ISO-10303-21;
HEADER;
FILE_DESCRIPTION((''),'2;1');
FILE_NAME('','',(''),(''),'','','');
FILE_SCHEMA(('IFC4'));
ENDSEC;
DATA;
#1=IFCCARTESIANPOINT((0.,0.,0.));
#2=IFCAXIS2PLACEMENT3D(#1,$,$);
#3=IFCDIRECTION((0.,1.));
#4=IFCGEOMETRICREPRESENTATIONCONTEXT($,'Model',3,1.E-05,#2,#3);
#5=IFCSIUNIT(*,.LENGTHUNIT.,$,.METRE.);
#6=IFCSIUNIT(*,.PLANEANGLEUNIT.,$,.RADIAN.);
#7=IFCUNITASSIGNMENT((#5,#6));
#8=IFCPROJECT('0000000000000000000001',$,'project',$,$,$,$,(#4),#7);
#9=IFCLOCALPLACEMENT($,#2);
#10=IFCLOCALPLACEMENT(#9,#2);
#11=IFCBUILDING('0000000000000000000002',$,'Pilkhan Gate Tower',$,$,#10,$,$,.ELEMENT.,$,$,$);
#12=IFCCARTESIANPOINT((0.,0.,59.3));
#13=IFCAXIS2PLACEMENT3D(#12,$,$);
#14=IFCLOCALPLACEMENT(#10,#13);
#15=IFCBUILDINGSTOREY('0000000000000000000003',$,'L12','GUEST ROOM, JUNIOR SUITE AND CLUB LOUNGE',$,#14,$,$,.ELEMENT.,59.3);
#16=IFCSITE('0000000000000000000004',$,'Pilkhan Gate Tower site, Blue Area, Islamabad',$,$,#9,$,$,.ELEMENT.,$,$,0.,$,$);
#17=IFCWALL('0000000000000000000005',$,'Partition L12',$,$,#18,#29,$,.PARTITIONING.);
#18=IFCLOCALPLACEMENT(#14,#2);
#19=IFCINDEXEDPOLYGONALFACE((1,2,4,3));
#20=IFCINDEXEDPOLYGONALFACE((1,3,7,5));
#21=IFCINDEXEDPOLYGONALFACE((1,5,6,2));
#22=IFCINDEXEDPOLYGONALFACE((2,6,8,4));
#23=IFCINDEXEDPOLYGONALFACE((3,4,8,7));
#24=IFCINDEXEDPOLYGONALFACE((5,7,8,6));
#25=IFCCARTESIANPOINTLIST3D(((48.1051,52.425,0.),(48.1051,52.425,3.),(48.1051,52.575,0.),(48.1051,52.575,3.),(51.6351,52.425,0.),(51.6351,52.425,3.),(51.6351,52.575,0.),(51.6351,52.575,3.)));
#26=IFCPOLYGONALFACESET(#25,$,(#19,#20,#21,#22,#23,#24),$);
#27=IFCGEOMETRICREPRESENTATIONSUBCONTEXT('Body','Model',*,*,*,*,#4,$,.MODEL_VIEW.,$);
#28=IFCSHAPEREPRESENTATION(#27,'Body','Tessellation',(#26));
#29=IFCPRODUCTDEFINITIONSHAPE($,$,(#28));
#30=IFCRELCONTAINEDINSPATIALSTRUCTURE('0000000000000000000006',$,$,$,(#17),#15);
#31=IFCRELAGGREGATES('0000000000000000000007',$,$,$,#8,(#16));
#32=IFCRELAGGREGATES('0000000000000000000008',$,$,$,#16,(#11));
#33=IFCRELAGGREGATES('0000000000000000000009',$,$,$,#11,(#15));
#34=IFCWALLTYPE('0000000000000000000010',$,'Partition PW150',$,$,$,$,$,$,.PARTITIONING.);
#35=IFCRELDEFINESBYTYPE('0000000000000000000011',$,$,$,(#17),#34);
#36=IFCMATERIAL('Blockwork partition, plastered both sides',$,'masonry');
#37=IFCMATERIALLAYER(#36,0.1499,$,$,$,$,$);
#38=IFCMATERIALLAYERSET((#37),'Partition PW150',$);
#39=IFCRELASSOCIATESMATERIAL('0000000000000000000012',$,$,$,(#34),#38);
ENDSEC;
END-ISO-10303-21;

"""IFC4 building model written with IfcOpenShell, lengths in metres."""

from ifc_helpers import new_model, si_unit, direction, frame, frame_2d, origin, place, context, subcontext, project, spatial, rectangle, extrude, material, layer, layer_set, type_object, element, save


model = new_model("IFC4")

# Units and contexts
model_context = context("Model", 3, precision=1e-05, world=origin(), true_north=direction((0.0, 1.0)))
body_context = subcontext(model_context, "Body", "Model", "MODEL_VIEW")
ifc_project = project(units=[si_unit("LENGTHUNIT", "METRE"), si_unit("PLANEANGLEUNIT", "RADIAN")], contexts=[model_context])

# Site, building, storey
site_placement = place(None, origin())
site = spatial("IfcSite", under=ifc_project, at=site_placement, Name="Pilkhan Gate Tower site, Blue Area, Islamabad", CompositionType="ELEMENT", RefElevation=0.0)
building_placement = place(site_placement, origin())
building = spatial("IfcBuilding", under=site, at=building_placement, Name="Pilkhan Gate Tower", CompositionType="ELEMENT")
storey_placement = place(building_placement, frame((0.0, 0.0, 59.3)))
storey = spatial("IfcBuildingStorey", under=building, at=storey_placement, Name="L12", Description="GUEST ROOM, JUNIOR SUITE AND CLUB LOUNGE", CompositionType="ELEMENT", Elevation=59.3)

# Wall
ifc_material_1 = material(Name="Blockwork partition, plastered both sides", Category="masonry")
ifc_layer_1 = layer(ifc_material_1, 0.1499)
ifc_layer_set_1 = layer_set([ifc_layer_1], Name="Partition PW150")
wall_type_1 = type_object("IfcWallType", Name="Partition PW150", PredefinedType="PARTITIONING", material=ifc_layer_set_1)
wall_1_placement = place(storey_placement, frame((48.105, 52.5, 0.0), z_axis=(0.0, 0.0, 1.0), x_axis=(1.0, 0.0, 0.0)))
element("IfcWall", 1, at=wall_1_placement, inside=storey, type_object=wall_type_1, Name="Partition L12", PredefinedType="PARTITIONING", context=body_context, shape_type="SweptSolid", body=[
    extrude(rectangle(XDim=3.53, YDim=0.1499, at=frame_2d((1.7651, 0.0))), origin(), (0.0, 0.0, 1.0), 3.0),
])

save(model, "model.ifc")
